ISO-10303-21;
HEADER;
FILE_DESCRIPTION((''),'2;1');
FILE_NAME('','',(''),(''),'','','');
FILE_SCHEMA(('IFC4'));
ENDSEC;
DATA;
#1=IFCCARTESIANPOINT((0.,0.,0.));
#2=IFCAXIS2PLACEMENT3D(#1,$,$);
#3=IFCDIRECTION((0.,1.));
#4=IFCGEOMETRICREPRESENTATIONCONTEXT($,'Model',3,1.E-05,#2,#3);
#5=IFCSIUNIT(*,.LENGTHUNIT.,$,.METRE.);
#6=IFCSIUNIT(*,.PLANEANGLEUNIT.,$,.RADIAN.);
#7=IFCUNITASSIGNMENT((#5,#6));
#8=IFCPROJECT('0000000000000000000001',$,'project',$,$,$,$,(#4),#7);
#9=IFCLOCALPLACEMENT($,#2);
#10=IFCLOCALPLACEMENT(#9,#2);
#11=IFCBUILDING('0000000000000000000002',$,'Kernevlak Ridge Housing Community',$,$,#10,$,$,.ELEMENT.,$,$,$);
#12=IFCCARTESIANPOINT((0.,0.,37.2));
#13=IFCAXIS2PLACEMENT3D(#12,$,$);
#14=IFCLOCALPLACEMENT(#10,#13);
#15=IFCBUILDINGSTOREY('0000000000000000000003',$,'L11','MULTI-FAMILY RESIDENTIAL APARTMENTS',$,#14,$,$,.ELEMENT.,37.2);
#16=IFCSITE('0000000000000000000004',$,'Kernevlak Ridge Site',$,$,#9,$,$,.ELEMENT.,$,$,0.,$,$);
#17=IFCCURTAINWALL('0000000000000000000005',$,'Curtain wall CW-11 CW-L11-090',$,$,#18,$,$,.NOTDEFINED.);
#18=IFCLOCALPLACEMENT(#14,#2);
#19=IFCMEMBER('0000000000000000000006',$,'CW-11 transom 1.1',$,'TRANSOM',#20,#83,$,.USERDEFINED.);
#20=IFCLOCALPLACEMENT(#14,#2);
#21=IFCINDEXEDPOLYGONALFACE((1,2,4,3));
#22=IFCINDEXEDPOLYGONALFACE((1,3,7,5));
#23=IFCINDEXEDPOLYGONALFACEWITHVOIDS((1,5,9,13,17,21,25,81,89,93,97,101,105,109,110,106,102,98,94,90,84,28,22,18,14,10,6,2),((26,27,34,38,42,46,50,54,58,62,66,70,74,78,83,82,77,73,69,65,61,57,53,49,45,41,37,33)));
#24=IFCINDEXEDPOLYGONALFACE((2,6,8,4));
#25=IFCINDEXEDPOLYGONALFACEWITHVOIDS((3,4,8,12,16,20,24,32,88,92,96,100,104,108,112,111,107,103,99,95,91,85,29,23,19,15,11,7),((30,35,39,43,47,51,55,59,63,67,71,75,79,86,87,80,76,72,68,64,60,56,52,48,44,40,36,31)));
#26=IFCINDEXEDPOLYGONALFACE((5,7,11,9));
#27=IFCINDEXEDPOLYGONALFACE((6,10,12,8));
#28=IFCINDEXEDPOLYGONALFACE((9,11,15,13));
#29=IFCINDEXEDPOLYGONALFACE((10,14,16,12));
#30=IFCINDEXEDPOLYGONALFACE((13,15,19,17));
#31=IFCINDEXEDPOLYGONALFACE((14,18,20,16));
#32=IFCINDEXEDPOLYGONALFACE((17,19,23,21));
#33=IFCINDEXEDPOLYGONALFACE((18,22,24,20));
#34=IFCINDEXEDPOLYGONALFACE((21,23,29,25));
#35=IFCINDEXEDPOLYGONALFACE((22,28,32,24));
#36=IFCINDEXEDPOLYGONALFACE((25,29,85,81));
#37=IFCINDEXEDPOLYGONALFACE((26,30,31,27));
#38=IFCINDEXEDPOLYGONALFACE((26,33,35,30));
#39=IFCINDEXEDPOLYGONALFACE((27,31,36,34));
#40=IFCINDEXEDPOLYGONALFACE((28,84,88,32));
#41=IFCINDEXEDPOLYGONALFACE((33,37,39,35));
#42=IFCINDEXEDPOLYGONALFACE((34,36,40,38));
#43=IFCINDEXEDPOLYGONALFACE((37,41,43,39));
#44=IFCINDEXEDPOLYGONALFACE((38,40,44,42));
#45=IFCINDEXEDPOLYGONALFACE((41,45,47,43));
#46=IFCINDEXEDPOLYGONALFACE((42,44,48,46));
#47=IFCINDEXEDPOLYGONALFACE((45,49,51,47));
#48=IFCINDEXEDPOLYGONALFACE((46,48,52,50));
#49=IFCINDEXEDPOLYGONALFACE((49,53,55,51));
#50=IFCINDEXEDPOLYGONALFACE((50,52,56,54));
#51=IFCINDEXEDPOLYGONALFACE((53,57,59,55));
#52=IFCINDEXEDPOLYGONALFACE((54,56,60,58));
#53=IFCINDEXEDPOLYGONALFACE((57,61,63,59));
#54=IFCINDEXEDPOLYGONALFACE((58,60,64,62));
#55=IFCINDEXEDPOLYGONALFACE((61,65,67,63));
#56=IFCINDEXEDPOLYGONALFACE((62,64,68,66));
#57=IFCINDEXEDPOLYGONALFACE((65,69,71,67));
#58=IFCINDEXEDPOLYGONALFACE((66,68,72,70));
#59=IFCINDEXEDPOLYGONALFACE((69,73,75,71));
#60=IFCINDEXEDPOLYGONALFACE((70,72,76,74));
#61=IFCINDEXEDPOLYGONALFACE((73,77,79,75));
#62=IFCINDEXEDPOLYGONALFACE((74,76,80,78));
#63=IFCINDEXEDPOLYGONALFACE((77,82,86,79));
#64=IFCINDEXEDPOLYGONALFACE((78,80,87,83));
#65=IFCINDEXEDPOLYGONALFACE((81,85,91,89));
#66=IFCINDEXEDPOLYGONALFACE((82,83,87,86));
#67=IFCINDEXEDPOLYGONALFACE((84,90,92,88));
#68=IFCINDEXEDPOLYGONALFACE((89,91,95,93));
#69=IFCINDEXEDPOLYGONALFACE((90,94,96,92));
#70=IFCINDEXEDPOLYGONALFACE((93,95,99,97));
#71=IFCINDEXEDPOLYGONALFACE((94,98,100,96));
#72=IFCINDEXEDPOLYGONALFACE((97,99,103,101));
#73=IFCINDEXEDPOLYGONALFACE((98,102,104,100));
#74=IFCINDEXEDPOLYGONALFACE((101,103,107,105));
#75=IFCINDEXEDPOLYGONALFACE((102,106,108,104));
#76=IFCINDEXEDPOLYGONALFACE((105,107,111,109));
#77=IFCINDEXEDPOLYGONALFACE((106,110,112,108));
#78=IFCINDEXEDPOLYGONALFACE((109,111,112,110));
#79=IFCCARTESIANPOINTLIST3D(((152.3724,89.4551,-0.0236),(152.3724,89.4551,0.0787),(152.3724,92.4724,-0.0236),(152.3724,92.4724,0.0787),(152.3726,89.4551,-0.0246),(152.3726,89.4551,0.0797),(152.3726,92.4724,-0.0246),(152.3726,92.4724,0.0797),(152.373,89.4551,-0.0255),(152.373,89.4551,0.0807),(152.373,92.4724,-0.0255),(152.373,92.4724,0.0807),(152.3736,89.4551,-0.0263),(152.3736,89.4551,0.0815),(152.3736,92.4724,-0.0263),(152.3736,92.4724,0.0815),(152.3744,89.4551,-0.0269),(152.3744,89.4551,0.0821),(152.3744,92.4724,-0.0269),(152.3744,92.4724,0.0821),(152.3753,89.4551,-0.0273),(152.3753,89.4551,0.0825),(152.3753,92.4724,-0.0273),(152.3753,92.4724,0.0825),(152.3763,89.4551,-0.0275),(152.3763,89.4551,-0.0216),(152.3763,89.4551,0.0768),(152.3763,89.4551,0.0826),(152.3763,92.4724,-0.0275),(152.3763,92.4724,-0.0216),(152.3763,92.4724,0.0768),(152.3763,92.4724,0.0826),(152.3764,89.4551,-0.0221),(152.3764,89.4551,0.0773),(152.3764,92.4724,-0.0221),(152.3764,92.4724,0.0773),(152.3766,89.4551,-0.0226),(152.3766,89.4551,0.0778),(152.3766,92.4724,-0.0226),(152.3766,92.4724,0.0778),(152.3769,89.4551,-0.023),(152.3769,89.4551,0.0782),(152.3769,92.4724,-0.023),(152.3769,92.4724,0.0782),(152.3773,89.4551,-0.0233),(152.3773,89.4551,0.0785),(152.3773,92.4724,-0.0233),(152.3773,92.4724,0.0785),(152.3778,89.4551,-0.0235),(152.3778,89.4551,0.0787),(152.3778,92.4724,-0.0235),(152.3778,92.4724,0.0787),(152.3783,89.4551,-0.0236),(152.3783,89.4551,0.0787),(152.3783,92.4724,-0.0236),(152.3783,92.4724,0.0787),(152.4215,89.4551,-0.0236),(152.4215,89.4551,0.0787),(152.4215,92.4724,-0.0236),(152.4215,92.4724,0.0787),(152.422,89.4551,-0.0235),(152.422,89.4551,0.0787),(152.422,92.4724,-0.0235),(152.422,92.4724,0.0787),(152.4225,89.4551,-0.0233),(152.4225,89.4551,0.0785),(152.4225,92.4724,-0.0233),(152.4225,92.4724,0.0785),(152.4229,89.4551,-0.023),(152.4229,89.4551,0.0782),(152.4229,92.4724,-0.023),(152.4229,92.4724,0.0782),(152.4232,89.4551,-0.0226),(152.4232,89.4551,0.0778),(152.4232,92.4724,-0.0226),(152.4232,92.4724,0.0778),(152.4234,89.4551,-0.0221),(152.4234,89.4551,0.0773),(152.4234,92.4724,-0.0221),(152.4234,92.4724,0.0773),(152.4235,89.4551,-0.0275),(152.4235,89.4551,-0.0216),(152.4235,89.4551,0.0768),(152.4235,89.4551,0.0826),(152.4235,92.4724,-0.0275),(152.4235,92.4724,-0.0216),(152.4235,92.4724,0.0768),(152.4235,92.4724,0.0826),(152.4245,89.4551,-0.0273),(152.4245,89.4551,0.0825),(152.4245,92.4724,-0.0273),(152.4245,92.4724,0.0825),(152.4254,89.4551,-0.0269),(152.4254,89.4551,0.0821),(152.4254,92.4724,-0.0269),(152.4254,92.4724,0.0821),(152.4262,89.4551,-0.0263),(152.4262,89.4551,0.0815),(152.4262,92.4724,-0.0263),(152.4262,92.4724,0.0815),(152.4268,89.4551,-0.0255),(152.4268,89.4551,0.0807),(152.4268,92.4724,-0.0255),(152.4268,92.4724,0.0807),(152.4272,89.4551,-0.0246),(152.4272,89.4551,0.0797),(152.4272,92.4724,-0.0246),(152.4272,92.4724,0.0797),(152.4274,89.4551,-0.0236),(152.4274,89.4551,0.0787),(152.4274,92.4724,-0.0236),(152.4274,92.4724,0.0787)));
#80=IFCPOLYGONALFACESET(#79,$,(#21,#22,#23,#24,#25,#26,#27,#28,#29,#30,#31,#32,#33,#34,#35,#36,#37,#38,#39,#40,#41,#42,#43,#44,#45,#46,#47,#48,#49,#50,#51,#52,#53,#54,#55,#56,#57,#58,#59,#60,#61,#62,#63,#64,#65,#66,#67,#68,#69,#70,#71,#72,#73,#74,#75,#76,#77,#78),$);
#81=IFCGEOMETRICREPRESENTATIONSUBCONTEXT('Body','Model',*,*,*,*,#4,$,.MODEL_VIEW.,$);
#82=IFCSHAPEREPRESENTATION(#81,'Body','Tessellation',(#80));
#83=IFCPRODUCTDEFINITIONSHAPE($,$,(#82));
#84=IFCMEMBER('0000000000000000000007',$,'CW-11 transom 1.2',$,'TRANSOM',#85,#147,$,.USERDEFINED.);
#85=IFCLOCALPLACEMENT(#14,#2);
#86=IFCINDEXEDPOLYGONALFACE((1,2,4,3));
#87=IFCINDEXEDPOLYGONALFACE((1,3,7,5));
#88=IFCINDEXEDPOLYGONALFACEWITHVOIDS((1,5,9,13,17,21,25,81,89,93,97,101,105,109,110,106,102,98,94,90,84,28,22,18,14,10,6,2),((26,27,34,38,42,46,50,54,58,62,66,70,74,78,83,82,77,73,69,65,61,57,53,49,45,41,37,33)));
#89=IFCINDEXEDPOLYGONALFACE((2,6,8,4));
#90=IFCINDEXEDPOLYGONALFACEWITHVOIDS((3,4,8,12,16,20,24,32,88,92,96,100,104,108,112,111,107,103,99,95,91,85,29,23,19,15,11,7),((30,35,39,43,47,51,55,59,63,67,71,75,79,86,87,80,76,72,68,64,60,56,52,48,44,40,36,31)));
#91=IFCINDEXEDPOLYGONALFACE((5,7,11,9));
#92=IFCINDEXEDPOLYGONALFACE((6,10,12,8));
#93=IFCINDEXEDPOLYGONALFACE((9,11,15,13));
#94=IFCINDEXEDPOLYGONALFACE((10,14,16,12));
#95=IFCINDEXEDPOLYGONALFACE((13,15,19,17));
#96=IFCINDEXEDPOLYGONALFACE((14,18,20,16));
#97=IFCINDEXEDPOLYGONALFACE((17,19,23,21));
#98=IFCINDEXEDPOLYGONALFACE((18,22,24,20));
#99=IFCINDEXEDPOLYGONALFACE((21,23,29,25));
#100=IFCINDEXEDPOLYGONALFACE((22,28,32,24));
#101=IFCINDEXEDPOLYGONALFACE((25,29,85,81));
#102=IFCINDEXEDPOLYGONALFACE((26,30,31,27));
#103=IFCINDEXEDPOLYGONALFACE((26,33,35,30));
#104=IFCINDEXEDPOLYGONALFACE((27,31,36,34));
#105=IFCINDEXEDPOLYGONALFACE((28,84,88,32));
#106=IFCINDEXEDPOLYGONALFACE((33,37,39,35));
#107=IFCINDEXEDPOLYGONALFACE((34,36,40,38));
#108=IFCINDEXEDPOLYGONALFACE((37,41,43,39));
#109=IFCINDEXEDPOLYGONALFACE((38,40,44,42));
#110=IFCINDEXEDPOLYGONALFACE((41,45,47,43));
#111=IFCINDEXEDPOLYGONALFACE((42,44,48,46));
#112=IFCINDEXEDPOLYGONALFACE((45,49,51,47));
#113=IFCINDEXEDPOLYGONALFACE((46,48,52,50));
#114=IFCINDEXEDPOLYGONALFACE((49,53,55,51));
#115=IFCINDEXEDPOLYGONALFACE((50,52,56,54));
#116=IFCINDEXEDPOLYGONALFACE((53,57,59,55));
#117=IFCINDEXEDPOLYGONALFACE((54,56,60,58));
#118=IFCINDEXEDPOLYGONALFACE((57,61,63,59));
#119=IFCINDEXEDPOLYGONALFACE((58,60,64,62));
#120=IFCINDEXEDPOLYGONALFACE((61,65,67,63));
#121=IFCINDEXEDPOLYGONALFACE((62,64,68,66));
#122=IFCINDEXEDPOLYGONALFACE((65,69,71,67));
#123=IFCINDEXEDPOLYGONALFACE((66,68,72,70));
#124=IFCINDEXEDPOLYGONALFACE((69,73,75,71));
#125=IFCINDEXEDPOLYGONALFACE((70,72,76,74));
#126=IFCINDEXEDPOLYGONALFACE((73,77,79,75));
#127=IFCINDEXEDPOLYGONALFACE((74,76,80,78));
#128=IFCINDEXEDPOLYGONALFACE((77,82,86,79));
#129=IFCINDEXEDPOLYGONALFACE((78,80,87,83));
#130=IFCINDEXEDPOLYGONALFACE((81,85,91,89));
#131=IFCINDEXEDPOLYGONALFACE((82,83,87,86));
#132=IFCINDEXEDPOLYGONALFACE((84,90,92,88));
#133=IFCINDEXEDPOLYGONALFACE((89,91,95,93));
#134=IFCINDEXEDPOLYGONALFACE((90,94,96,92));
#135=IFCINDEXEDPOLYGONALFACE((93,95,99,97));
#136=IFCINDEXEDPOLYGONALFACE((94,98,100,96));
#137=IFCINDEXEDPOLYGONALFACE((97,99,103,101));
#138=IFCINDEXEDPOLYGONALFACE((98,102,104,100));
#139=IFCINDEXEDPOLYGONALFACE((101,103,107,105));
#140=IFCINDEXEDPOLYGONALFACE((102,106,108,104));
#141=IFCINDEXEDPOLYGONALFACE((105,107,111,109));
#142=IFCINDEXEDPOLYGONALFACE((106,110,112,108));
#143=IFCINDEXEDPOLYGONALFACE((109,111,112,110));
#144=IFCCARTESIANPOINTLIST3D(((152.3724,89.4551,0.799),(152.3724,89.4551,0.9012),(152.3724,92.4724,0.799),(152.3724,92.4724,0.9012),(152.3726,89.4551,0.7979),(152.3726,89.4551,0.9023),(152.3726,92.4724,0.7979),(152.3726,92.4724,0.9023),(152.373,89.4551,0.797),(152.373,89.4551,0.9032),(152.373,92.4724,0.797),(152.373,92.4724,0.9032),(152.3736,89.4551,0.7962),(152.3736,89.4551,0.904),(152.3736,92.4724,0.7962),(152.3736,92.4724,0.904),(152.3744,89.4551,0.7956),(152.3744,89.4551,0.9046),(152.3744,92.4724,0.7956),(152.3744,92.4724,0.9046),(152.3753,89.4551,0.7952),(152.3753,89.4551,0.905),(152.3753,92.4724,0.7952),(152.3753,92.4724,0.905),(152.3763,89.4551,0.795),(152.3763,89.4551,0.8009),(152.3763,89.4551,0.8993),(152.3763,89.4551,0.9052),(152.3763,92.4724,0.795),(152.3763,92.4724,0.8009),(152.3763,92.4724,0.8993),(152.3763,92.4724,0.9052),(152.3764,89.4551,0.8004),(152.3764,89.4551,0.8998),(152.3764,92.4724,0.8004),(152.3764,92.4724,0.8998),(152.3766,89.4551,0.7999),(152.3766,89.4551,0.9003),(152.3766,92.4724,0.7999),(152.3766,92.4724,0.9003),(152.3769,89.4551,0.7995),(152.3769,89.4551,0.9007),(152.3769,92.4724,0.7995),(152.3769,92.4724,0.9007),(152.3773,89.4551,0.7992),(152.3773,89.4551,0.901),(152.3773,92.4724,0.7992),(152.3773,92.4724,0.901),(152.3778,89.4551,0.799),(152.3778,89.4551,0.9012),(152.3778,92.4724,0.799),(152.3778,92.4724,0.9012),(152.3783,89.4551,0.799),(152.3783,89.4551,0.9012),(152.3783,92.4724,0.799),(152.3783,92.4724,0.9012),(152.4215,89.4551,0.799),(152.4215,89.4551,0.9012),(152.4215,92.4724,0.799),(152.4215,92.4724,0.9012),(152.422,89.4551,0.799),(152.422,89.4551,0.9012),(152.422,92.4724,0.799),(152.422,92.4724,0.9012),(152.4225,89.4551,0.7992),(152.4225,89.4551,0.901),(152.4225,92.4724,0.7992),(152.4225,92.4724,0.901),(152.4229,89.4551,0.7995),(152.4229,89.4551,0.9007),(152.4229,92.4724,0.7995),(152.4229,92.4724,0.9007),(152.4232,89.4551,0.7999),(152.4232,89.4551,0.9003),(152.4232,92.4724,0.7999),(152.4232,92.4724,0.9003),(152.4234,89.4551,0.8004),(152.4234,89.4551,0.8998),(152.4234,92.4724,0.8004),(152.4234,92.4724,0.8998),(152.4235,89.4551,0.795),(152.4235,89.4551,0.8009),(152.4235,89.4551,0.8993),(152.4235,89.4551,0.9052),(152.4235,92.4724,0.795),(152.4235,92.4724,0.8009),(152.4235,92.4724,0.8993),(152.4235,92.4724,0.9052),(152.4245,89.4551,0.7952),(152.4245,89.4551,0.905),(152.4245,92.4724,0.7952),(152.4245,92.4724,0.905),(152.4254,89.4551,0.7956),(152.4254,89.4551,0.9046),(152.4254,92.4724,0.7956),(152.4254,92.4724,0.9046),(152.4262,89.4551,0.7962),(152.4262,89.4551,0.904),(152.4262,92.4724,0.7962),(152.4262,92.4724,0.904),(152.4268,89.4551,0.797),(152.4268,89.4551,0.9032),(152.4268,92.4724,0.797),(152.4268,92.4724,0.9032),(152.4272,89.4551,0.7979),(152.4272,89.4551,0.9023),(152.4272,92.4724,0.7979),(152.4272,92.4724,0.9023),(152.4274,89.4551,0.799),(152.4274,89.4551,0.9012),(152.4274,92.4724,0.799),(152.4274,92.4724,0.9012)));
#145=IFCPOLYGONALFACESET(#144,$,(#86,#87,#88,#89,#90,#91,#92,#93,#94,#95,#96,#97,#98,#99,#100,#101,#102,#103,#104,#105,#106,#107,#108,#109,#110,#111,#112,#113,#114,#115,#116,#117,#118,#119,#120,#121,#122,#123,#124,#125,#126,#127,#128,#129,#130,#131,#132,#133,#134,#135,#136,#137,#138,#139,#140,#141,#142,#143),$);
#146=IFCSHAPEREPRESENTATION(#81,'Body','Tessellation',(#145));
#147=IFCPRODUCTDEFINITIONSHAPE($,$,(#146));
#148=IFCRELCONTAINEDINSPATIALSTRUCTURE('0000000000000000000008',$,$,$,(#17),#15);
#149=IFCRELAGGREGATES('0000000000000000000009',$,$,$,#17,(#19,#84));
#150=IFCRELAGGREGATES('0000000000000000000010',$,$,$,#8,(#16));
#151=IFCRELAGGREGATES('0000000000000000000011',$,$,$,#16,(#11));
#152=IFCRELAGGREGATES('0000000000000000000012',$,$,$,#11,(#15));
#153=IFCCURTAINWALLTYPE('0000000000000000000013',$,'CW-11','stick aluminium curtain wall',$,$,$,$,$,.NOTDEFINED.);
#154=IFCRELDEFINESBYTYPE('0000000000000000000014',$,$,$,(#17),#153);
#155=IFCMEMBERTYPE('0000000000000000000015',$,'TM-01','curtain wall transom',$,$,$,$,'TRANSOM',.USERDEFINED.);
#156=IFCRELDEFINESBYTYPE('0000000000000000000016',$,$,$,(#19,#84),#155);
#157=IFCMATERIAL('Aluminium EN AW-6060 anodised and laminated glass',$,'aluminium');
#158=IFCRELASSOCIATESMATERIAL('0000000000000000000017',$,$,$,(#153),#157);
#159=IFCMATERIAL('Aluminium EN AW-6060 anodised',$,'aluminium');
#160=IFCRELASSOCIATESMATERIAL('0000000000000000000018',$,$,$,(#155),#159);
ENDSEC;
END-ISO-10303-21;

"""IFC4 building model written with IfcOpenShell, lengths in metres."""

from ifc_helpers import new_model, si_unit, direction, frame, origin, origin_2d, place, context, subcontext, project, spatial, hollow_rectangle, extrude, material, material_profile, profile_set, type_object, element, aggregate, save


model = new_model("IFC4")

# Units and contexts
model_context = context("Model", 3, precision=1e-05, world=origin(), true_north=direction((0.0, 1.0)))
body_context = subcontext(model_context, "Body", "Model", "MODEL_VIEW")
ifc_project = project(units=[si_unit("LENGTHUNIT", "METRE"), si_unit("PLANEANGLEUNIT", "RADIAN")], contexts=[model_context])

# Site, building, storey
site_placement = place(None, origin())
site = spatial("IfcSite", under=ifc_project, at=site_placement, Name="Kernevlak Ridge Site", CompositionType="ELEMENT", RefElevation=0.0)
building_placement = place(site_placement, origin())
building = spatial("IfcBuilding", under=site, at=building_placement, Name="Kernevlak Ridge Housing Community", CompositionType="ELEMENT")
storey_placement = place(building_placement, frame((0.0, 0.0, 37.2)))
storey = spatial("IfcBuildingStorey", under=building, at=storey_placement, Name="L11", Description="MULTI-FAMILY RESIDENTIAL APARTMENTS", CompositionType="ELEMENT", Elevation=37.2)

# Curtain wall
ifc_material_1 = material(Name="Aluminium EN AW-6060 anodised and laminated glass", Category="aluminium")
curtain_wall_type = type_object("IfcCurtainWallType", Name="CW-11", Description="stick aluminium curtain wall", PredefinedType="NOTDEFINED", material=ifc_material_1)
curtain_wall_placement = place(storey_placement, origin())
curtain_wall = element("IfcCurtainWall", 1, at=curtain_wall_placement, inside=storey, type_object=curtain_wall_type, Name="Curtain wall CW-11 CW-L11-090", PredefinedType="NOTDEFINED")
ifc_material_2 = material(Name="Aluminium EN AW-6060 anodised", Category="aluminium")

# Members
ifc_material_profile_1 = material_profile(ifc_material_2, hollow_rectangle(XDim=0.0549, YDim=0.1101, WallThickness=0.0039, InnerFilletRadius=0.002, OuterFilletRadius=0.0039, at=origin_2d()), Name="ALU 55x110x4")
ifc_profile_set_1 = profile_set([ifc_material_profile_1], Name="Aluminium EN AW-6060 anodised")
member_type_1 = type_object("IfcMemberType", Name="TM-01", Description="curtain wall transom", ElementType="TRANSOM", PredefinedType="USERDEFINED", material=ifc_profile_set_1)
member_1_placement = place(storey_placement, frame((152.3999, 89.4551, 0.0276), z_axis=(0.0, 1.0, 0.0), x_axis=(-1.0, 0.0, 0.0)))
member_1 = element("IfcMember", 2, at=member_1_placement, type_object=member_type_1, Name="CW-11 transom 1.1", ObjectType="TRANSOM", PredefinedType="USERDEFINED", context=body_context, shape_type="SweptSolid", body=[
    extrude(hollow_rectangle(XDim=0.0549, YDim=0.1101, WallThickness=0.0039, InnerFilletRadius=0.002, OuterFilletRadius=0.0039, at=origin_2d()), origin(), (0.0, 0.0, 1.0), 3.0173),
])
member_2_placement = place(storey_placement, frame((152.3999, 89.4551, 0.8501), z_axis=(0.0, 1.0, 0.0), x_axis=(-1.0, 0.0, 0.0)))
member_2 = element("IfcMember", 3, at=member_2_placement, type_object=member_type_1, Name="CW-11 transom 1.2", ObjectType="TRANSOM", PredefinedType="USERDEFINED", context=body_context, shape_type="SweptSolid", body=[
    extrude(hollow_rectangle(XDim=0.0549, YDim=0.1101, WallThickness=0.0039, InnerFilletRadius=0.002, OuterFilletRadius=0.0039, at=origin_2d()), origin(), (0.0, 0.0, 1.0), 3.0173),
])

aggregate(curtain_wall, [member_1, member_2])

save(model, "model.ifc")
